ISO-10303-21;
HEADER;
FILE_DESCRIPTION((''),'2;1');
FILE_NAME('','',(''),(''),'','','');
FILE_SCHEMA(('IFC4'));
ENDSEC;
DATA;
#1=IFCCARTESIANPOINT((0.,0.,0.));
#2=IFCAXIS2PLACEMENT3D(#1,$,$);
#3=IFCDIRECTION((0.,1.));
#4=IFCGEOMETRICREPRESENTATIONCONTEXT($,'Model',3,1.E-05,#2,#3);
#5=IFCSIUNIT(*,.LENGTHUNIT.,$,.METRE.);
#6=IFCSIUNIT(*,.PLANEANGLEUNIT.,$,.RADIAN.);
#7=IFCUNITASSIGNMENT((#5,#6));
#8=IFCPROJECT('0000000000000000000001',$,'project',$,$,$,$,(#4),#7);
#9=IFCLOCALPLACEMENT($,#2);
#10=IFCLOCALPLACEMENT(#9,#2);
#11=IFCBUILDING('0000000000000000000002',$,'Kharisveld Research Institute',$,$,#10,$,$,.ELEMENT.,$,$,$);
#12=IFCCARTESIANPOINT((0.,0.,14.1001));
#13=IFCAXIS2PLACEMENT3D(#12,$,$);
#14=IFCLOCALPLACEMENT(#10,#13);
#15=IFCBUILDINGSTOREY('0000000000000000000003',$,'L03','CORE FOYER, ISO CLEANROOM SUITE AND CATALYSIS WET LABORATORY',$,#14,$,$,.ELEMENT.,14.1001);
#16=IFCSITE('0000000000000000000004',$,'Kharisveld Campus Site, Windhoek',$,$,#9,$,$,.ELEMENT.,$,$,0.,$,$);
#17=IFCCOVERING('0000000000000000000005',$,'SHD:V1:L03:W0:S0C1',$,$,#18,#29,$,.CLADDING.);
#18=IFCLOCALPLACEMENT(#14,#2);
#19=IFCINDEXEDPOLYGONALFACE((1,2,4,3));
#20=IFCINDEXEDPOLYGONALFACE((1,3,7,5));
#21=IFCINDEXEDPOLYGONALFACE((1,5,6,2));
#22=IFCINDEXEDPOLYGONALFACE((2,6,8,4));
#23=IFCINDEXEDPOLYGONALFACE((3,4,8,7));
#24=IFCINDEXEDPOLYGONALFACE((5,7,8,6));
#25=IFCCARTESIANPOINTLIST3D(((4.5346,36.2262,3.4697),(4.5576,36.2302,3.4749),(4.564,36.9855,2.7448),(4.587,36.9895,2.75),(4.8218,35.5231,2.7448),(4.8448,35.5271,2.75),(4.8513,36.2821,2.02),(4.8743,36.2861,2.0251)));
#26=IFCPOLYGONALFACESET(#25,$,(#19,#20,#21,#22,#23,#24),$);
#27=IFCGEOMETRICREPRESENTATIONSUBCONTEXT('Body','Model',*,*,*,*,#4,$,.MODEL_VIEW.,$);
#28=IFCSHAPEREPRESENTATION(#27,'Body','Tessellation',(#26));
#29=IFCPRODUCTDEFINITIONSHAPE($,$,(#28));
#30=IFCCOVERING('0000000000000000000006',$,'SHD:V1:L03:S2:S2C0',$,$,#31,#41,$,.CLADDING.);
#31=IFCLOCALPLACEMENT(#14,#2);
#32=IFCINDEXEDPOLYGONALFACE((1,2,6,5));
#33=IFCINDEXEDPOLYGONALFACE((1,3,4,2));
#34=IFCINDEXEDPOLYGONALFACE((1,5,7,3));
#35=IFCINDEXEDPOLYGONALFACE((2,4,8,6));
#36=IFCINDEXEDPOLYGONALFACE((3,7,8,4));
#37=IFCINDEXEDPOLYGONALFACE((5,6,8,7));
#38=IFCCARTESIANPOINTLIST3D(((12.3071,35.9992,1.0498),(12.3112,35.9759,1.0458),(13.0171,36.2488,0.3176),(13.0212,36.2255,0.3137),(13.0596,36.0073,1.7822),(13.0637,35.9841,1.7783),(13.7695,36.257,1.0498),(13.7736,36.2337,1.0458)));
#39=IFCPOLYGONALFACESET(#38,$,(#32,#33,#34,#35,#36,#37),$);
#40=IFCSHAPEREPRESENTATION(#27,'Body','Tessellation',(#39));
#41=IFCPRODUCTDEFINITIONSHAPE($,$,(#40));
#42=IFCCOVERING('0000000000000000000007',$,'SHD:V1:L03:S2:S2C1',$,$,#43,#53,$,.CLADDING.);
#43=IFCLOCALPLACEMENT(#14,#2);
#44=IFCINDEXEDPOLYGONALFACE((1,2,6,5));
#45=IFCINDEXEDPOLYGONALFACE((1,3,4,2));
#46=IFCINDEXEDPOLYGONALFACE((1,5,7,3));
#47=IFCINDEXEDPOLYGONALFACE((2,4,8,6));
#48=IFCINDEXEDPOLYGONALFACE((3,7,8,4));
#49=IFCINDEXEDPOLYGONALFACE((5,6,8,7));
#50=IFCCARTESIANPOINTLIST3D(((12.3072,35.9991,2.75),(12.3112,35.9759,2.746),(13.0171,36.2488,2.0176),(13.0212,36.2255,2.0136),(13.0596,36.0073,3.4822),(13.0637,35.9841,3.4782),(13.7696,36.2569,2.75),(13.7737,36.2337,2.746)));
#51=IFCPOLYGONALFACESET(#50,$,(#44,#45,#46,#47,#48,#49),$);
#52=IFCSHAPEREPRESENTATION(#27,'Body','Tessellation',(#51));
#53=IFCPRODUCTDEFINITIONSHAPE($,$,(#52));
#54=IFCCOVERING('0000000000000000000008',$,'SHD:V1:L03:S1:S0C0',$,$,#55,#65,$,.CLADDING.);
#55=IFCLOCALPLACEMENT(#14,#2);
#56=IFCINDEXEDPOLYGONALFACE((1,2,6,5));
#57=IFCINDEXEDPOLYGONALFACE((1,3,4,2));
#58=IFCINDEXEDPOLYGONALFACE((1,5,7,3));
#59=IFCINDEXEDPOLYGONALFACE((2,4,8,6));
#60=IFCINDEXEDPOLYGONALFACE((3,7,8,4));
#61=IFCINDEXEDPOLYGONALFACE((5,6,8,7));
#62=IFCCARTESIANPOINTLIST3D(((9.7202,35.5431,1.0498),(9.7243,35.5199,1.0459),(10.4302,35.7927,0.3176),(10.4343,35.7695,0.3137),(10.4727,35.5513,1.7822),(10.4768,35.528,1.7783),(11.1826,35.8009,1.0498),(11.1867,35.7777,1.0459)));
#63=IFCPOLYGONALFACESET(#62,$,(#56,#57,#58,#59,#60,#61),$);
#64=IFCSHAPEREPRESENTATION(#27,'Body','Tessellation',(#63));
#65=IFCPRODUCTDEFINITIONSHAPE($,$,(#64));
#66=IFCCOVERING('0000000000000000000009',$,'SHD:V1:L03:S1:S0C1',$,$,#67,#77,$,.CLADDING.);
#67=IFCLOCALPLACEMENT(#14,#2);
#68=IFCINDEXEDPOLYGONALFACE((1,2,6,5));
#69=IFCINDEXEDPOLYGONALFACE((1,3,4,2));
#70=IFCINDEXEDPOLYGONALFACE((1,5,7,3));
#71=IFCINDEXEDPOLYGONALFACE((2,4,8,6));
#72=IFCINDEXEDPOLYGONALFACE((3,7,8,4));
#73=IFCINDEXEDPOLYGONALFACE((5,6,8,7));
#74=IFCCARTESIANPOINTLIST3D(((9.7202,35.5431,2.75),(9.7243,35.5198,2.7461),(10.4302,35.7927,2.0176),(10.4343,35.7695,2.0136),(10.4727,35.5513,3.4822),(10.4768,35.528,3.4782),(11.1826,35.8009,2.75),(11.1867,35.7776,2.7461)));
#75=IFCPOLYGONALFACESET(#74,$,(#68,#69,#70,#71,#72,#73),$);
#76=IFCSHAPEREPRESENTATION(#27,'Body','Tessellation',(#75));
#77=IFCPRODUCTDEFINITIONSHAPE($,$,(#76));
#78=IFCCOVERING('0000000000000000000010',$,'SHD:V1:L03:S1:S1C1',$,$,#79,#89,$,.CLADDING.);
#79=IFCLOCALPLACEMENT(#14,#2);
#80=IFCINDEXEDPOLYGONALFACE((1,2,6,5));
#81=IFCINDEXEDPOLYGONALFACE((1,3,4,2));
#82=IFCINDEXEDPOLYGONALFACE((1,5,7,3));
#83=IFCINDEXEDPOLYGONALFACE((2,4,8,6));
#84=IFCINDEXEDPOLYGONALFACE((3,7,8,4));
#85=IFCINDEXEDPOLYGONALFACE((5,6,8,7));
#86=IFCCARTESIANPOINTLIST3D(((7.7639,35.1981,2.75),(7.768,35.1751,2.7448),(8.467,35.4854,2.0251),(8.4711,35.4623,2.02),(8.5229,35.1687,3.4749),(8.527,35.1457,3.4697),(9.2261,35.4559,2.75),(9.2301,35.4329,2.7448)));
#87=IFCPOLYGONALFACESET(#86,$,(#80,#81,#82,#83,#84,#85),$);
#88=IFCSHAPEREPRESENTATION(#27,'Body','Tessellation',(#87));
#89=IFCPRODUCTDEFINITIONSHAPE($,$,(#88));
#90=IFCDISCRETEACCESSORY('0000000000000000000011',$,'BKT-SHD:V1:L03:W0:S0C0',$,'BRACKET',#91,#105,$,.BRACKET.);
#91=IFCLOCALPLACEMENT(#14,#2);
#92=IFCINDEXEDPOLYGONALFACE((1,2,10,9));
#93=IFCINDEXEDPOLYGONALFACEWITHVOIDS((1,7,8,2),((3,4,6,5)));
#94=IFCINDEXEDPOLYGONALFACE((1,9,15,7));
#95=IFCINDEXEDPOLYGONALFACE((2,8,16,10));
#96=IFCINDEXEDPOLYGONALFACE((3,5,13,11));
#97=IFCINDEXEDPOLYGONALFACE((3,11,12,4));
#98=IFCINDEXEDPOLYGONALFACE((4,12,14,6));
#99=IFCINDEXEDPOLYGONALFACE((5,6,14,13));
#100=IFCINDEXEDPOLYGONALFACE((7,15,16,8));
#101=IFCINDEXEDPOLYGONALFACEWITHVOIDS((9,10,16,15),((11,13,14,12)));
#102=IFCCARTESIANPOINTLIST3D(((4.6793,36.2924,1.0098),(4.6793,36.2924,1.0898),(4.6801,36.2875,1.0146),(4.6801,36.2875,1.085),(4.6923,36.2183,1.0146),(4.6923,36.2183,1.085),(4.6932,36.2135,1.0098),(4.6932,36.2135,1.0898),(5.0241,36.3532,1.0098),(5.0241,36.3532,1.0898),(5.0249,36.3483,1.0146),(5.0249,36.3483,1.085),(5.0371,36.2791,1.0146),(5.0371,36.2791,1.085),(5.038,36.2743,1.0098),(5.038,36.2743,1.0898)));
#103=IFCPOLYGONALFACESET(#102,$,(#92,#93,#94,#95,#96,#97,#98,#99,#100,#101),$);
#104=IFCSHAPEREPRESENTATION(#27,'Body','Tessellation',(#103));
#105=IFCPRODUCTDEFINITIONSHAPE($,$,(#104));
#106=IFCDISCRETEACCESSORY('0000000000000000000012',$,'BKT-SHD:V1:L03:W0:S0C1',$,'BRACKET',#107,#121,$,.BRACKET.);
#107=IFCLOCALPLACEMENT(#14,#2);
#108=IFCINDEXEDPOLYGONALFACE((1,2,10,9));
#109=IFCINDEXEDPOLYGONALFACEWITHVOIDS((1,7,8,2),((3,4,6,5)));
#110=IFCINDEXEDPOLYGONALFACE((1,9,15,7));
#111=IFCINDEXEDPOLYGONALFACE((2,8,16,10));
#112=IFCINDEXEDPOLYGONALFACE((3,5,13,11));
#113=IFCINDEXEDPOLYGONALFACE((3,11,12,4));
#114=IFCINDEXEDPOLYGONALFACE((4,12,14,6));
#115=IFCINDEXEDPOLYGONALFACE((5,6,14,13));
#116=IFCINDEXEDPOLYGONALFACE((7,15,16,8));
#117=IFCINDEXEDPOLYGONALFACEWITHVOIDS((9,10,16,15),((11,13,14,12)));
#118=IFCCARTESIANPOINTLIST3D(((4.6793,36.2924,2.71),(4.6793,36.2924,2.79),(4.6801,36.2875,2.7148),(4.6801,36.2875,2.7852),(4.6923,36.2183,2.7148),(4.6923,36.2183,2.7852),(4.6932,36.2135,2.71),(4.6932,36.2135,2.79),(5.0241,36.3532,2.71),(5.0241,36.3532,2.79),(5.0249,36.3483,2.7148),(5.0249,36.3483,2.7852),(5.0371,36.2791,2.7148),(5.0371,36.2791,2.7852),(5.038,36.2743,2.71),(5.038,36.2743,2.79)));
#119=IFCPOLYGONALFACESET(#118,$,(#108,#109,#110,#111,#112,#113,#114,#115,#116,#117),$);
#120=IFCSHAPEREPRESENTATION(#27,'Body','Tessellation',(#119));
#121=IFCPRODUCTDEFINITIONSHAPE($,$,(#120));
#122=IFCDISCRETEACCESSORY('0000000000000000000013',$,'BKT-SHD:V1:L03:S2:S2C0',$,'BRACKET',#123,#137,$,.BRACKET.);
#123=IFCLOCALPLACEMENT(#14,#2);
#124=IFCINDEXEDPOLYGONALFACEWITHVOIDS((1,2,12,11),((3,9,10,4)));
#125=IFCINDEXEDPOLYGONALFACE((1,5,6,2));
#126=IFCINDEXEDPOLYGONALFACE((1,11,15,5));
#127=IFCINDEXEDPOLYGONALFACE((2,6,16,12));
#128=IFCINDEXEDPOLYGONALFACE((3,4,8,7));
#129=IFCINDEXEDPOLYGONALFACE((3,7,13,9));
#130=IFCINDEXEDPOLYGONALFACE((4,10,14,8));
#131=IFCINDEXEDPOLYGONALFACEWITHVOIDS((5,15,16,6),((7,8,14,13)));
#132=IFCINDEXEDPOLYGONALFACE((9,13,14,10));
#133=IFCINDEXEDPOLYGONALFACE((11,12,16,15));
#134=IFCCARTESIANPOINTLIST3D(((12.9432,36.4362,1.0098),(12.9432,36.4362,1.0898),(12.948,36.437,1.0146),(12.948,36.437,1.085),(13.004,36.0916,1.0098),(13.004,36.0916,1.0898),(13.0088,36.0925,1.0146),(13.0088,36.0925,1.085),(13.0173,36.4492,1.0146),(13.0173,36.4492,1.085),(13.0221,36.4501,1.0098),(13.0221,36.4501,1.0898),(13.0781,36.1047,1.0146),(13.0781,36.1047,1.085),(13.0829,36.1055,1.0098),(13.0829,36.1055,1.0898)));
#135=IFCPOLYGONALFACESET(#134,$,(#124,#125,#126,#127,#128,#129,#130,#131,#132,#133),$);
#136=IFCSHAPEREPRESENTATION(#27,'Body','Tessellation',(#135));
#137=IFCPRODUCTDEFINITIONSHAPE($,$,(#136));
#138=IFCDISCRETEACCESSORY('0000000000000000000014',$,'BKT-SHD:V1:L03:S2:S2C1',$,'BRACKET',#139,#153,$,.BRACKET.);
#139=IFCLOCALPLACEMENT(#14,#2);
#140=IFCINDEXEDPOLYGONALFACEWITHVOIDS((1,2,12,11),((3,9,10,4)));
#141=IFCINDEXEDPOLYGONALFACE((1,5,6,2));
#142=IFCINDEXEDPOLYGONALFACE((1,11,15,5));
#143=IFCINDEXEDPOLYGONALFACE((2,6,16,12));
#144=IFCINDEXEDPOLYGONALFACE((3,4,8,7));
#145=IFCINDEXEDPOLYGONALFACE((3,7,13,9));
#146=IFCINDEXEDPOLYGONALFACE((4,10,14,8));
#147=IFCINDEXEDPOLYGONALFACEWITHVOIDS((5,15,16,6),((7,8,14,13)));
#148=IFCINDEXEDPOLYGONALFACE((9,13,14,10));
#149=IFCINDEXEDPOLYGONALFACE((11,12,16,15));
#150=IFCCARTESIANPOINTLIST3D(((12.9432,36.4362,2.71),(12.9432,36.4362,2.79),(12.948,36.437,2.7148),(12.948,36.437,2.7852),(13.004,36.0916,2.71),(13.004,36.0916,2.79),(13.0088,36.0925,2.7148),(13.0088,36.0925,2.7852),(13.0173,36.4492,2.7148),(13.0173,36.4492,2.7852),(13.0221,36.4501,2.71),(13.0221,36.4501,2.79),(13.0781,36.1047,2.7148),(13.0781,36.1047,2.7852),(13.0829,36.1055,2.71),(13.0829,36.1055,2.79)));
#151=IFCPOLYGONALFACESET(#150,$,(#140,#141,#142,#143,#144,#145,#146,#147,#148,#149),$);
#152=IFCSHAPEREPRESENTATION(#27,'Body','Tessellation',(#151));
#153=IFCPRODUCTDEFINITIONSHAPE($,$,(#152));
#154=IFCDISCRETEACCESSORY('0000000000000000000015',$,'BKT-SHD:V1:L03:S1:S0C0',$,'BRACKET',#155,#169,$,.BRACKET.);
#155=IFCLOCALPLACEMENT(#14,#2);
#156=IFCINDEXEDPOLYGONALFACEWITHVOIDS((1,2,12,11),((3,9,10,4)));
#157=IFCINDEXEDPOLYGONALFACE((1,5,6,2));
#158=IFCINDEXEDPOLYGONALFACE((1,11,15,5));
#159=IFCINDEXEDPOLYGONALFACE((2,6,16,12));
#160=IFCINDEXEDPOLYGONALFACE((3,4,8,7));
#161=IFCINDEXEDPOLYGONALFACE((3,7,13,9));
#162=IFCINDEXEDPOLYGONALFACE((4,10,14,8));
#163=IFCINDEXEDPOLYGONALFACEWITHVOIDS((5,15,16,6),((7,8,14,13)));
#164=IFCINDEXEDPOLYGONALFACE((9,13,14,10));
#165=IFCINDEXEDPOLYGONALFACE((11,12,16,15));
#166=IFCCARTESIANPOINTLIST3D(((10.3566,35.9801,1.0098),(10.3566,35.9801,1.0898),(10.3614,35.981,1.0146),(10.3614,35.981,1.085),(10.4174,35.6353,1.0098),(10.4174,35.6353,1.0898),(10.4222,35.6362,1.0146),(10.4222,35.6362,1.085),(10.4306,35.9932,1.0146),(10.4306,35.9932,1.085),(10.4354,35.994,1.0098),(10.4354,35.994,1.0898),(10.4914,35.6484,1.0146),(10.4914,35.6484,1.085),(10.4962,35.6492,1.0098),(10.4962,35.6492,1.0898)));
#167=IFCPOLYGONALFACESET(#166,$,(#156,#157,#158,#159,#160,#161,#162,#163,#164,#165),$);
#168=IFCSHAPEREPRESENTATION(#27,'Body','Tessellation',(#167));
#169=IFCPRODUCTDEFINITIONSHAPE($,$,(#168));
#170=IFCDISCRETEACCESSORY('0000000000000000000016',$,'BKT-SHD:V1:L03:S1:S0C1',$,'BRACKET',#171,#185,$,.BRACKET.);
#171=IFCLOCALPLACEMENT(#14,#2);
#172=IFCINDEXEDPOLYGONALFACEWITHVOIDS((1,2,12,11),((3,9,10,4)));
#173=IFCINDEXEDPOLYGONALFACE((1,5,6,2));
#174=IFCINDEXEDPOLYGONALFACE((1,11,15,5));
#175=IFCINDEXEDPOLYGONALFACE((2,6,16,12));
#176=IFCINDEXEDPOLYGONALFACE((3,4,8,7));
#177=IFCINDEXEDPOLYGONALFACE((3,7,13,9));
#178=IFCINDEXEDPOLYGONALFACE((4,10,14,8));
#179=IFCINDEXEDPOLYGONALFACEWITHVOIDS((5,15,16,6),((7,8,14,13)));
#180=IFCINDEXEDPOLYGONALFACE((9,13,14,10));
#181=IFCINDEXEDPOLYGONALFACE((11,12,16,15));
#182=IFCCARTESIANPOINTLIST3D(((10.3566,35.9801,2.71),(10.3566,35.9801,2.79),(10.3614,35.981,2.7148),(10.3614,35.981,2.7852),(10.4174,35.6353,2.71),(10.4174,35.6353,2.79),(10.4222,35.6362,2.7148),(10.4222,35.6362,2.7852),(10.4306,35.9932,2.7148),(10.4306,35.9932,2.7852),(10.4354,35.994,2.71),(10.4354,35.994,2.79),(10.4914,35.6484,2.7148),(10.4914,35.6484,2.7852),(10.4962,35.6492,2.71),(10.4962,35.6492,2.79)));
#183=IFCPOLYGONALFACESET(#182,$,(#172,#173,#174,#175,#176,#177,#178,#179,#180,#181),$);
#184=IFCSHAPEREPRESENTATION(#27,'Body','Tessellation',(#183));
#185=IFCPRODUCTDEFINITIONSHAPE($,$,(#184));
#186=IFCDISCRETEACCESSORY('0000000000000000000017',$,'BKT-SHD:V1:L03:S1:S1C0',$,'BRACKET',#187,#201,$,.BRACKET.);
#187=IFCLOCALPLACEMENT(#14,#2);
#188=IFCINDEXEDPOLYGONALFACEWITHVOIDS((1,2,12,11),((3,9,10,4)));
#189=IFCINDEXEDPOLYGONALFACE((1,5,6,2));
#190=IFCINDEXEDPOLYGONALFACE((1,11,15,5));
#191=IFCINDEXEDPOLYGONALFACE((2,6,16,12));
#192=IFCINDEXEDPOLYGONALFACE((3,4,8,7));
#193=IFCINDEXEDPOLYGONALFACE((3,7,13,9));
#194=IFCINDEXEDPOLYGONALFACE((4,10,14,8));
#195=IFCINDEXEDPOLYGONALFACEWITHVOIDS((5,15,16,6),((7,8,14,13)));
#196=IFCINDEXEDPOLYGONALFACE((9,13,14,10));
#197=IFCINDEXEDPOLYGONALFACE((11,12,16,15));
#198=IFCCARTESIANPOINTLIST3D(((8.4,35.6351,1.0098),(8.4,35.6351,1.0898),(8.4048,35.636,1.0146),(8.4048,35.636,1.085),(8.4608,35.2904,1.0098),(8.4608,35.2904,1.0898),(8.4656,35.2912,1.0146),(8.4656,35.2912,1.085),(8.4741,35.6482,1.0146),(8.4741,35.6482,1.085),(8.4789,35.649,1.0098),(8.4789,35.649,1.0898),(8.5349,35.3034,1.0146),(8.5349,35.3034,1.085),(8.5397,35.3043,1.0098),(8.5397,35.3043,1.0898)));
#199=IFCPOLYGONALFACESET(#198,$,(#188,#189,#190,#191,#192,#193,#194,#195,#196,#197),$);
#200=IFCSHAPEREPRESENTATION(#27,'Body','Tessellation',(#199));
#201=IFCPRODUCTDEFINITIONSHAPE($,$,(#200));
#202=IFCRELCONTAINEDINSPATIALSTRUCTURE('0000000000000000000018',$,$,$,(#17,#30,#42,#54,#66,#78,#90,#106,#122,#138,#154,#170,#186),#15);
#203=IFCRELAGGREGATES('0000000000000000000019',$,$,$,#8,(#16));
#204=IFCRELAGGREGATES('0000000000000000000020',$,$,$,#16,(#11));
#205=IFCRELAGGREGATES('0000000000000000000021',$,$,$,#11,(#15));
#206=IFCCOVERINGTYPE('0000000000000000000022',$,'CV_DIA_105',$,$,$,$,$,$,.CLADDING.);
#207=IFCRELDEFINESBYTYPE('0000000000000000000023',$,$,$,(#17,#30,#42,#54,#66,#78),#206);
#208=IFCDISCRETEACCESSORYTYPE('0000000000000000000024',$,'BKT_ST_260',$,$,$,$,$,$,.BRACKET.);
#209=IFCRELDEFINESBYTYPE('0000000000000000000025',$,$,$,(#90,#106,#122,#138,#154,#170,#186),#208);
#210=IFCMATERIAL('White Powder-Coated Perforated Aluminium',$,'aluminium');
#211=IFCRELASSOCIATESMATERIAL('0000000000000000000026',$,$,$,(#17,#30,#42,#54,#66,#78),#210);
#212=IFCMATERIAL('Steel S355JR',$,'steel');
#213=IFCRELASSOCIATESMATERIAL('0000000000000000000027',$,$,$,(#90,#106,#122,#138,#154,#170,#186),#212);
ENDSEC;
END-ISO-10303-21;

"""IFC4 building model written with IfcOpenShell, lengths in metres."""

from ifc_helpers import new_model, si_unit, direction, frame, origin, origin_2d, place, context, subcontext, project, spatial, polyline, hollow_rectangle, outline, extrude, material, type_object, element, save


model = new_model("IFC4")

# Units and contexts
model_context = context("Model", 3, precision=1e-05, world=origin(), true_north=direction((0.0, 1.0)))
body_context = subcontext(model_context, "Body", "Model", "MODEL_VIEW")
ifc_project = project(units=[si_unit("LENGTHUNIT", "METRE"), si_unit("PLANEANGLEUNIT", "RADIAN")], contexts=[model_context])

# Site, building, storey
site_placement = place(None, origin())
site = spatial("IfcSite", under=ifc_project, at=site_placement, Name="Kharisveld Campus Site, Windhoek", CompositionType="ELEMENT", RefElevation=0.0)
building_placement = place(site_placement, origin())
building = spatial("IfcBuilding", under=site, at=building_placement, Name="Kharisveld Research Institute", CompositionType="ELEMENT")
storey_placement = place(building_placement, frame((0.0, 0.0, 14.1001)))
storey = spatial("IfcBuildingStorey", under=building, at=storey_placement, Name="L03", Description="CORE FOYER, ISO CLEANROOM SUITE AND CATALYSIS WET LABORATORY", CompositionType="ELEMENT", Elevation=14.1001)

# Coverings
ifc_material_1 = material(Name="White Powder-Coated Perforated Aluminium", Category="aluminium")
covering_type = type_object("IfcCoveringType", Name="CV_DIA_105", PredefinedType="CLADDING")
for number, where, z_axis, x_axis, name in (
    (1, (4.8743, 36.2861, 2.0251), (0.961447, 0.169497, 0.21654), (-0.273555, 0.669826, 0.69029), "SHD:V1:L03:W0:S0C1"),
):
    element("IfcCovering", number, at=place(storey_placement, frame(where, z_axis=z_axis, x_axis=x_axis)), inside=storey, type_object=covering_type, material=ifc_material_1, Name=name, PredefinedType="CLADDING", context=body_context, shape_type="SweptSolid", body=[
        extrude(outline(polyline([(0.0, 0.0), (1.0501, 0.0), (1.0499, 1.0501), (0.0, 1.05), (0.0, 0.0)])), origin(), (0.0, 0.0, -1.0), 0.0239),
    ])
covering_1_placement = place(storey_placement, frame((13.0171, 36.2488, 0.3176), z_axis=(-0.171234, 0.971299, 0.165096), x_axis=(-0.676173, -0.237734, 0.697333)))
element("IfcCovering", 2, at=covering_1_placement, inside=storey, type_object=covering_type, material=ifc_material_1, Name="SHD:V1:L03:S2:S2C0", PredefinedType="CLADDING", context=body_context, shape_type="SweptSolid", body=[
    extrude(outline(polyline([(0.0, 0.0), (1.0499, 0.0), (1.05, 1.0501), (-0.0002, 1.0499), (0.0, 0.0)])), origin(), (0.0, 0.0, -1.0), 0.0239),
])
covering_2_placement = place(storey_placement, frame((13.0171, 36.2488, 2.0176), z_axis=(-0.171234, 0.971299, 0.165096), x_axis=(-0.676056, -0.237732, 0.697446)))
element("IfcCovering", 3, at=covering_2_placement, inside=storey, type_object=covering_type, material=ifc_material_1, Name="SHD:V1:L03:S2:S2C1", PredefinedType="CLADDING", context=body_context, shape_type="SweptSolid", body=[
    extrude(outline(polyline([(0.0, 0.0), (1.0501, 0.0), (1.0502, 1.0499), (0.0002, 1.0501), (0.0, 0.0)])), origin(), (0.0, 0.0, -1.0), 0.0239),
])
covering_3_placement = place(storey_placement, frame((10.4302, 35.7927, 0.3176), z_axis=(-0.171234, 0.971299, 0.165096), x_axis=(-0.676174, -0.237734, 0.697332)))
element("IfcCovering", 4, at=covering_3_placement, inside=storey, type_object=covering_type, material=ifc_material_1, Name="SHD:V1:L03:S1:S0C0", PredefinedType="CLADDING", context=body_context, shape_type="SweptSolid", body=[
    extrude(outline(polyline([(0.0, 0.0), (1.05, 0.0), (1.05, 1.0501), (-0.0001, 1.0499), (0.0, 0.0)])), origin(), (0.0, 0.0, -1.0), 0.0239),
])
covering_4_placement = place(storey_placement, frame((10.4302, 35.7927, 2.0176), z_axis=(-0.171234, 0.971299, 0.165096), x_axis=(-0.676058, -0.237732, 0.697445)))
element("IfcCovering", 5, at=covering_4_placement, inside=storey, type_object=covering_type, material=ifc_material_1, Name="SHD:V1:L03:S1:S0C1", PredefinedType="CLADDING", context=body_context, shape_type="SweptSolid", body=[
    extrude(outline(polyline([(0.0, 0.0), (1.0502, 0.0), (1.0502, 1.0499), (0.0002, 1.0501), (0.0, 0.0)])), origin(), (0.0, 0.0, -1.0), 0.0239),
])
covering_5_placement = place(storey_placement, frame((8.467, 35.4854, 2.0251), z_axis=(-0.169525, 0.961443, 0.21654), x_axis=(-0.669701, -0.273579, 0.690402)))
element("IfcCovering", 6, at=covering_5_placement, inside=storey, type_object=covering_type, material=ifc_material_1, Name="SHD:V1:L03:S1:S1C1", PredefinedType="CLADDING", context=body_context, shape_type="SweptSolid", body=[
    extrude(outline(polyline([(0.0, 0.0), (1.0499, 0.0), (1.0501, 1.05), (0.0002, 1.05), (0.0, 0.0)])), origin(), (0.0, 0.0, -1.0), 0.0239),
])

# Discrete accessories
ifc_material_2 = material(Name="Steel S355JR", Category="steel")
discrete_accessory_type = type_object("IfcDiscreteAccessoryType", Name="BKT_ST_260", PredefinedType="BRACKET")
for number, where, z_axis, x_axis, name in (
    (7, (5.031, 36.3137, 1.0498), (-0.984805, -0.173666, 0.0), (0.173666, -0.984805, 0.0), "BKT-SHD:V1:L03:W0:S0C0"),
    (8, (5.031, 36.3137, 2.75), (-0.984805, -0.173666, 0.0), (0.173666, -0.984805, 0.0), "BKT-SHD:V1:L03:W0:S0C1"),
):
    element("IfcDiscreteAccessory", number, at=place(storey_placement, frame(where, z_axis=z_axis, x_axis=x_axis)), inside=storey, type_object=discrete_accessory_type, material=ifc_material_2, Name=name, ObjectType="BRACKET", PredefinedType="BRACKET", context=body_context, shape_type="SweptSolid", body=[
        extrude(hollow_rectangle(XDim=0.0801, YDim=0.0801, WallThickness=0.0049, at=origin_2d()), origin(), (0.0, 0.0, 1.0), 0.3501),
    ])
for number, where, z_axis, x_axis, name in (
    (9, (12.9827, 36.4431, 1.0498), (0.173785, -0.984784, 0.0), (0.984784, 0.173785, 0.0), "BKT-SHD:V1:L03:S2:S2C0"),
    (10, (12.9827, 36.4431, 2.75), (0.173785, -0.984784, 0.0), (0.984784, 0.173785, 0.0), "BKT-SHD:V1:L03:S2:S2C1"),
):
    element("IfcDiscreteAccessory", number, at=place(storey_placement, frame(where, z_axis=z_axis, x_axis=x_axis)), inside=storey, type_object=discrete_accessory_type, material=ifc_material_2, Name=name, ObjectType="BRACKET", PredefinedType="BRACKET", context=body_context, shape_type="SweptSolid", body=[
        extrude(hollow_rectangle(XDim=0.0801, YDim=0.0801, WallThickness=0.0049, at=origin_2d()), origin(), (0.0, 0.0, 1.0), 0.3499),
    ])
for number, where, z_axis, x_axis, name in (
    (11, (10.396, 35.9871, 1.0498), (0.173666, -0.984805, 0.0), (0.984805, 0.173666, 0.0), "BKT-SHD:V1:L03:S1:S0C0"),
    (12, (10.396, 35.9871, 2.75), (0.173666, -0.984805, 0.0), (0.984805, 0.173666, 0.0), "BKT-SHD:V1:L03:S1:S0C1"),
    (13, (8.4395, 35.6421, 1.0498), (0.173666, -0.984805, 0.0), (0.984805, 0.173666, 0.0), "BKT-SHD:V1:L03:S1:S1C0"),
):
    element("IfcDiscreteAccessory", number, at=place(storey_placement, frame(where, z_axis=z_axis, x_axis=x_axis)), inside=storey, type_object=discrete_accessory_type, material=ifc_material_2, Name=name, ObjectType="BRACKET", PredefinedType="BRACKET", context=body_context, shape_type="SweptSolid", body=[
        extrude(hollow_rectangle(XDim=0.0801, YDim=0.0801, WallThickness=0.0049, at=origin_2d()), origin(), (0.0, 0.0, 1.0), 0.3501),
    ])

save(model, "model.ifc")
